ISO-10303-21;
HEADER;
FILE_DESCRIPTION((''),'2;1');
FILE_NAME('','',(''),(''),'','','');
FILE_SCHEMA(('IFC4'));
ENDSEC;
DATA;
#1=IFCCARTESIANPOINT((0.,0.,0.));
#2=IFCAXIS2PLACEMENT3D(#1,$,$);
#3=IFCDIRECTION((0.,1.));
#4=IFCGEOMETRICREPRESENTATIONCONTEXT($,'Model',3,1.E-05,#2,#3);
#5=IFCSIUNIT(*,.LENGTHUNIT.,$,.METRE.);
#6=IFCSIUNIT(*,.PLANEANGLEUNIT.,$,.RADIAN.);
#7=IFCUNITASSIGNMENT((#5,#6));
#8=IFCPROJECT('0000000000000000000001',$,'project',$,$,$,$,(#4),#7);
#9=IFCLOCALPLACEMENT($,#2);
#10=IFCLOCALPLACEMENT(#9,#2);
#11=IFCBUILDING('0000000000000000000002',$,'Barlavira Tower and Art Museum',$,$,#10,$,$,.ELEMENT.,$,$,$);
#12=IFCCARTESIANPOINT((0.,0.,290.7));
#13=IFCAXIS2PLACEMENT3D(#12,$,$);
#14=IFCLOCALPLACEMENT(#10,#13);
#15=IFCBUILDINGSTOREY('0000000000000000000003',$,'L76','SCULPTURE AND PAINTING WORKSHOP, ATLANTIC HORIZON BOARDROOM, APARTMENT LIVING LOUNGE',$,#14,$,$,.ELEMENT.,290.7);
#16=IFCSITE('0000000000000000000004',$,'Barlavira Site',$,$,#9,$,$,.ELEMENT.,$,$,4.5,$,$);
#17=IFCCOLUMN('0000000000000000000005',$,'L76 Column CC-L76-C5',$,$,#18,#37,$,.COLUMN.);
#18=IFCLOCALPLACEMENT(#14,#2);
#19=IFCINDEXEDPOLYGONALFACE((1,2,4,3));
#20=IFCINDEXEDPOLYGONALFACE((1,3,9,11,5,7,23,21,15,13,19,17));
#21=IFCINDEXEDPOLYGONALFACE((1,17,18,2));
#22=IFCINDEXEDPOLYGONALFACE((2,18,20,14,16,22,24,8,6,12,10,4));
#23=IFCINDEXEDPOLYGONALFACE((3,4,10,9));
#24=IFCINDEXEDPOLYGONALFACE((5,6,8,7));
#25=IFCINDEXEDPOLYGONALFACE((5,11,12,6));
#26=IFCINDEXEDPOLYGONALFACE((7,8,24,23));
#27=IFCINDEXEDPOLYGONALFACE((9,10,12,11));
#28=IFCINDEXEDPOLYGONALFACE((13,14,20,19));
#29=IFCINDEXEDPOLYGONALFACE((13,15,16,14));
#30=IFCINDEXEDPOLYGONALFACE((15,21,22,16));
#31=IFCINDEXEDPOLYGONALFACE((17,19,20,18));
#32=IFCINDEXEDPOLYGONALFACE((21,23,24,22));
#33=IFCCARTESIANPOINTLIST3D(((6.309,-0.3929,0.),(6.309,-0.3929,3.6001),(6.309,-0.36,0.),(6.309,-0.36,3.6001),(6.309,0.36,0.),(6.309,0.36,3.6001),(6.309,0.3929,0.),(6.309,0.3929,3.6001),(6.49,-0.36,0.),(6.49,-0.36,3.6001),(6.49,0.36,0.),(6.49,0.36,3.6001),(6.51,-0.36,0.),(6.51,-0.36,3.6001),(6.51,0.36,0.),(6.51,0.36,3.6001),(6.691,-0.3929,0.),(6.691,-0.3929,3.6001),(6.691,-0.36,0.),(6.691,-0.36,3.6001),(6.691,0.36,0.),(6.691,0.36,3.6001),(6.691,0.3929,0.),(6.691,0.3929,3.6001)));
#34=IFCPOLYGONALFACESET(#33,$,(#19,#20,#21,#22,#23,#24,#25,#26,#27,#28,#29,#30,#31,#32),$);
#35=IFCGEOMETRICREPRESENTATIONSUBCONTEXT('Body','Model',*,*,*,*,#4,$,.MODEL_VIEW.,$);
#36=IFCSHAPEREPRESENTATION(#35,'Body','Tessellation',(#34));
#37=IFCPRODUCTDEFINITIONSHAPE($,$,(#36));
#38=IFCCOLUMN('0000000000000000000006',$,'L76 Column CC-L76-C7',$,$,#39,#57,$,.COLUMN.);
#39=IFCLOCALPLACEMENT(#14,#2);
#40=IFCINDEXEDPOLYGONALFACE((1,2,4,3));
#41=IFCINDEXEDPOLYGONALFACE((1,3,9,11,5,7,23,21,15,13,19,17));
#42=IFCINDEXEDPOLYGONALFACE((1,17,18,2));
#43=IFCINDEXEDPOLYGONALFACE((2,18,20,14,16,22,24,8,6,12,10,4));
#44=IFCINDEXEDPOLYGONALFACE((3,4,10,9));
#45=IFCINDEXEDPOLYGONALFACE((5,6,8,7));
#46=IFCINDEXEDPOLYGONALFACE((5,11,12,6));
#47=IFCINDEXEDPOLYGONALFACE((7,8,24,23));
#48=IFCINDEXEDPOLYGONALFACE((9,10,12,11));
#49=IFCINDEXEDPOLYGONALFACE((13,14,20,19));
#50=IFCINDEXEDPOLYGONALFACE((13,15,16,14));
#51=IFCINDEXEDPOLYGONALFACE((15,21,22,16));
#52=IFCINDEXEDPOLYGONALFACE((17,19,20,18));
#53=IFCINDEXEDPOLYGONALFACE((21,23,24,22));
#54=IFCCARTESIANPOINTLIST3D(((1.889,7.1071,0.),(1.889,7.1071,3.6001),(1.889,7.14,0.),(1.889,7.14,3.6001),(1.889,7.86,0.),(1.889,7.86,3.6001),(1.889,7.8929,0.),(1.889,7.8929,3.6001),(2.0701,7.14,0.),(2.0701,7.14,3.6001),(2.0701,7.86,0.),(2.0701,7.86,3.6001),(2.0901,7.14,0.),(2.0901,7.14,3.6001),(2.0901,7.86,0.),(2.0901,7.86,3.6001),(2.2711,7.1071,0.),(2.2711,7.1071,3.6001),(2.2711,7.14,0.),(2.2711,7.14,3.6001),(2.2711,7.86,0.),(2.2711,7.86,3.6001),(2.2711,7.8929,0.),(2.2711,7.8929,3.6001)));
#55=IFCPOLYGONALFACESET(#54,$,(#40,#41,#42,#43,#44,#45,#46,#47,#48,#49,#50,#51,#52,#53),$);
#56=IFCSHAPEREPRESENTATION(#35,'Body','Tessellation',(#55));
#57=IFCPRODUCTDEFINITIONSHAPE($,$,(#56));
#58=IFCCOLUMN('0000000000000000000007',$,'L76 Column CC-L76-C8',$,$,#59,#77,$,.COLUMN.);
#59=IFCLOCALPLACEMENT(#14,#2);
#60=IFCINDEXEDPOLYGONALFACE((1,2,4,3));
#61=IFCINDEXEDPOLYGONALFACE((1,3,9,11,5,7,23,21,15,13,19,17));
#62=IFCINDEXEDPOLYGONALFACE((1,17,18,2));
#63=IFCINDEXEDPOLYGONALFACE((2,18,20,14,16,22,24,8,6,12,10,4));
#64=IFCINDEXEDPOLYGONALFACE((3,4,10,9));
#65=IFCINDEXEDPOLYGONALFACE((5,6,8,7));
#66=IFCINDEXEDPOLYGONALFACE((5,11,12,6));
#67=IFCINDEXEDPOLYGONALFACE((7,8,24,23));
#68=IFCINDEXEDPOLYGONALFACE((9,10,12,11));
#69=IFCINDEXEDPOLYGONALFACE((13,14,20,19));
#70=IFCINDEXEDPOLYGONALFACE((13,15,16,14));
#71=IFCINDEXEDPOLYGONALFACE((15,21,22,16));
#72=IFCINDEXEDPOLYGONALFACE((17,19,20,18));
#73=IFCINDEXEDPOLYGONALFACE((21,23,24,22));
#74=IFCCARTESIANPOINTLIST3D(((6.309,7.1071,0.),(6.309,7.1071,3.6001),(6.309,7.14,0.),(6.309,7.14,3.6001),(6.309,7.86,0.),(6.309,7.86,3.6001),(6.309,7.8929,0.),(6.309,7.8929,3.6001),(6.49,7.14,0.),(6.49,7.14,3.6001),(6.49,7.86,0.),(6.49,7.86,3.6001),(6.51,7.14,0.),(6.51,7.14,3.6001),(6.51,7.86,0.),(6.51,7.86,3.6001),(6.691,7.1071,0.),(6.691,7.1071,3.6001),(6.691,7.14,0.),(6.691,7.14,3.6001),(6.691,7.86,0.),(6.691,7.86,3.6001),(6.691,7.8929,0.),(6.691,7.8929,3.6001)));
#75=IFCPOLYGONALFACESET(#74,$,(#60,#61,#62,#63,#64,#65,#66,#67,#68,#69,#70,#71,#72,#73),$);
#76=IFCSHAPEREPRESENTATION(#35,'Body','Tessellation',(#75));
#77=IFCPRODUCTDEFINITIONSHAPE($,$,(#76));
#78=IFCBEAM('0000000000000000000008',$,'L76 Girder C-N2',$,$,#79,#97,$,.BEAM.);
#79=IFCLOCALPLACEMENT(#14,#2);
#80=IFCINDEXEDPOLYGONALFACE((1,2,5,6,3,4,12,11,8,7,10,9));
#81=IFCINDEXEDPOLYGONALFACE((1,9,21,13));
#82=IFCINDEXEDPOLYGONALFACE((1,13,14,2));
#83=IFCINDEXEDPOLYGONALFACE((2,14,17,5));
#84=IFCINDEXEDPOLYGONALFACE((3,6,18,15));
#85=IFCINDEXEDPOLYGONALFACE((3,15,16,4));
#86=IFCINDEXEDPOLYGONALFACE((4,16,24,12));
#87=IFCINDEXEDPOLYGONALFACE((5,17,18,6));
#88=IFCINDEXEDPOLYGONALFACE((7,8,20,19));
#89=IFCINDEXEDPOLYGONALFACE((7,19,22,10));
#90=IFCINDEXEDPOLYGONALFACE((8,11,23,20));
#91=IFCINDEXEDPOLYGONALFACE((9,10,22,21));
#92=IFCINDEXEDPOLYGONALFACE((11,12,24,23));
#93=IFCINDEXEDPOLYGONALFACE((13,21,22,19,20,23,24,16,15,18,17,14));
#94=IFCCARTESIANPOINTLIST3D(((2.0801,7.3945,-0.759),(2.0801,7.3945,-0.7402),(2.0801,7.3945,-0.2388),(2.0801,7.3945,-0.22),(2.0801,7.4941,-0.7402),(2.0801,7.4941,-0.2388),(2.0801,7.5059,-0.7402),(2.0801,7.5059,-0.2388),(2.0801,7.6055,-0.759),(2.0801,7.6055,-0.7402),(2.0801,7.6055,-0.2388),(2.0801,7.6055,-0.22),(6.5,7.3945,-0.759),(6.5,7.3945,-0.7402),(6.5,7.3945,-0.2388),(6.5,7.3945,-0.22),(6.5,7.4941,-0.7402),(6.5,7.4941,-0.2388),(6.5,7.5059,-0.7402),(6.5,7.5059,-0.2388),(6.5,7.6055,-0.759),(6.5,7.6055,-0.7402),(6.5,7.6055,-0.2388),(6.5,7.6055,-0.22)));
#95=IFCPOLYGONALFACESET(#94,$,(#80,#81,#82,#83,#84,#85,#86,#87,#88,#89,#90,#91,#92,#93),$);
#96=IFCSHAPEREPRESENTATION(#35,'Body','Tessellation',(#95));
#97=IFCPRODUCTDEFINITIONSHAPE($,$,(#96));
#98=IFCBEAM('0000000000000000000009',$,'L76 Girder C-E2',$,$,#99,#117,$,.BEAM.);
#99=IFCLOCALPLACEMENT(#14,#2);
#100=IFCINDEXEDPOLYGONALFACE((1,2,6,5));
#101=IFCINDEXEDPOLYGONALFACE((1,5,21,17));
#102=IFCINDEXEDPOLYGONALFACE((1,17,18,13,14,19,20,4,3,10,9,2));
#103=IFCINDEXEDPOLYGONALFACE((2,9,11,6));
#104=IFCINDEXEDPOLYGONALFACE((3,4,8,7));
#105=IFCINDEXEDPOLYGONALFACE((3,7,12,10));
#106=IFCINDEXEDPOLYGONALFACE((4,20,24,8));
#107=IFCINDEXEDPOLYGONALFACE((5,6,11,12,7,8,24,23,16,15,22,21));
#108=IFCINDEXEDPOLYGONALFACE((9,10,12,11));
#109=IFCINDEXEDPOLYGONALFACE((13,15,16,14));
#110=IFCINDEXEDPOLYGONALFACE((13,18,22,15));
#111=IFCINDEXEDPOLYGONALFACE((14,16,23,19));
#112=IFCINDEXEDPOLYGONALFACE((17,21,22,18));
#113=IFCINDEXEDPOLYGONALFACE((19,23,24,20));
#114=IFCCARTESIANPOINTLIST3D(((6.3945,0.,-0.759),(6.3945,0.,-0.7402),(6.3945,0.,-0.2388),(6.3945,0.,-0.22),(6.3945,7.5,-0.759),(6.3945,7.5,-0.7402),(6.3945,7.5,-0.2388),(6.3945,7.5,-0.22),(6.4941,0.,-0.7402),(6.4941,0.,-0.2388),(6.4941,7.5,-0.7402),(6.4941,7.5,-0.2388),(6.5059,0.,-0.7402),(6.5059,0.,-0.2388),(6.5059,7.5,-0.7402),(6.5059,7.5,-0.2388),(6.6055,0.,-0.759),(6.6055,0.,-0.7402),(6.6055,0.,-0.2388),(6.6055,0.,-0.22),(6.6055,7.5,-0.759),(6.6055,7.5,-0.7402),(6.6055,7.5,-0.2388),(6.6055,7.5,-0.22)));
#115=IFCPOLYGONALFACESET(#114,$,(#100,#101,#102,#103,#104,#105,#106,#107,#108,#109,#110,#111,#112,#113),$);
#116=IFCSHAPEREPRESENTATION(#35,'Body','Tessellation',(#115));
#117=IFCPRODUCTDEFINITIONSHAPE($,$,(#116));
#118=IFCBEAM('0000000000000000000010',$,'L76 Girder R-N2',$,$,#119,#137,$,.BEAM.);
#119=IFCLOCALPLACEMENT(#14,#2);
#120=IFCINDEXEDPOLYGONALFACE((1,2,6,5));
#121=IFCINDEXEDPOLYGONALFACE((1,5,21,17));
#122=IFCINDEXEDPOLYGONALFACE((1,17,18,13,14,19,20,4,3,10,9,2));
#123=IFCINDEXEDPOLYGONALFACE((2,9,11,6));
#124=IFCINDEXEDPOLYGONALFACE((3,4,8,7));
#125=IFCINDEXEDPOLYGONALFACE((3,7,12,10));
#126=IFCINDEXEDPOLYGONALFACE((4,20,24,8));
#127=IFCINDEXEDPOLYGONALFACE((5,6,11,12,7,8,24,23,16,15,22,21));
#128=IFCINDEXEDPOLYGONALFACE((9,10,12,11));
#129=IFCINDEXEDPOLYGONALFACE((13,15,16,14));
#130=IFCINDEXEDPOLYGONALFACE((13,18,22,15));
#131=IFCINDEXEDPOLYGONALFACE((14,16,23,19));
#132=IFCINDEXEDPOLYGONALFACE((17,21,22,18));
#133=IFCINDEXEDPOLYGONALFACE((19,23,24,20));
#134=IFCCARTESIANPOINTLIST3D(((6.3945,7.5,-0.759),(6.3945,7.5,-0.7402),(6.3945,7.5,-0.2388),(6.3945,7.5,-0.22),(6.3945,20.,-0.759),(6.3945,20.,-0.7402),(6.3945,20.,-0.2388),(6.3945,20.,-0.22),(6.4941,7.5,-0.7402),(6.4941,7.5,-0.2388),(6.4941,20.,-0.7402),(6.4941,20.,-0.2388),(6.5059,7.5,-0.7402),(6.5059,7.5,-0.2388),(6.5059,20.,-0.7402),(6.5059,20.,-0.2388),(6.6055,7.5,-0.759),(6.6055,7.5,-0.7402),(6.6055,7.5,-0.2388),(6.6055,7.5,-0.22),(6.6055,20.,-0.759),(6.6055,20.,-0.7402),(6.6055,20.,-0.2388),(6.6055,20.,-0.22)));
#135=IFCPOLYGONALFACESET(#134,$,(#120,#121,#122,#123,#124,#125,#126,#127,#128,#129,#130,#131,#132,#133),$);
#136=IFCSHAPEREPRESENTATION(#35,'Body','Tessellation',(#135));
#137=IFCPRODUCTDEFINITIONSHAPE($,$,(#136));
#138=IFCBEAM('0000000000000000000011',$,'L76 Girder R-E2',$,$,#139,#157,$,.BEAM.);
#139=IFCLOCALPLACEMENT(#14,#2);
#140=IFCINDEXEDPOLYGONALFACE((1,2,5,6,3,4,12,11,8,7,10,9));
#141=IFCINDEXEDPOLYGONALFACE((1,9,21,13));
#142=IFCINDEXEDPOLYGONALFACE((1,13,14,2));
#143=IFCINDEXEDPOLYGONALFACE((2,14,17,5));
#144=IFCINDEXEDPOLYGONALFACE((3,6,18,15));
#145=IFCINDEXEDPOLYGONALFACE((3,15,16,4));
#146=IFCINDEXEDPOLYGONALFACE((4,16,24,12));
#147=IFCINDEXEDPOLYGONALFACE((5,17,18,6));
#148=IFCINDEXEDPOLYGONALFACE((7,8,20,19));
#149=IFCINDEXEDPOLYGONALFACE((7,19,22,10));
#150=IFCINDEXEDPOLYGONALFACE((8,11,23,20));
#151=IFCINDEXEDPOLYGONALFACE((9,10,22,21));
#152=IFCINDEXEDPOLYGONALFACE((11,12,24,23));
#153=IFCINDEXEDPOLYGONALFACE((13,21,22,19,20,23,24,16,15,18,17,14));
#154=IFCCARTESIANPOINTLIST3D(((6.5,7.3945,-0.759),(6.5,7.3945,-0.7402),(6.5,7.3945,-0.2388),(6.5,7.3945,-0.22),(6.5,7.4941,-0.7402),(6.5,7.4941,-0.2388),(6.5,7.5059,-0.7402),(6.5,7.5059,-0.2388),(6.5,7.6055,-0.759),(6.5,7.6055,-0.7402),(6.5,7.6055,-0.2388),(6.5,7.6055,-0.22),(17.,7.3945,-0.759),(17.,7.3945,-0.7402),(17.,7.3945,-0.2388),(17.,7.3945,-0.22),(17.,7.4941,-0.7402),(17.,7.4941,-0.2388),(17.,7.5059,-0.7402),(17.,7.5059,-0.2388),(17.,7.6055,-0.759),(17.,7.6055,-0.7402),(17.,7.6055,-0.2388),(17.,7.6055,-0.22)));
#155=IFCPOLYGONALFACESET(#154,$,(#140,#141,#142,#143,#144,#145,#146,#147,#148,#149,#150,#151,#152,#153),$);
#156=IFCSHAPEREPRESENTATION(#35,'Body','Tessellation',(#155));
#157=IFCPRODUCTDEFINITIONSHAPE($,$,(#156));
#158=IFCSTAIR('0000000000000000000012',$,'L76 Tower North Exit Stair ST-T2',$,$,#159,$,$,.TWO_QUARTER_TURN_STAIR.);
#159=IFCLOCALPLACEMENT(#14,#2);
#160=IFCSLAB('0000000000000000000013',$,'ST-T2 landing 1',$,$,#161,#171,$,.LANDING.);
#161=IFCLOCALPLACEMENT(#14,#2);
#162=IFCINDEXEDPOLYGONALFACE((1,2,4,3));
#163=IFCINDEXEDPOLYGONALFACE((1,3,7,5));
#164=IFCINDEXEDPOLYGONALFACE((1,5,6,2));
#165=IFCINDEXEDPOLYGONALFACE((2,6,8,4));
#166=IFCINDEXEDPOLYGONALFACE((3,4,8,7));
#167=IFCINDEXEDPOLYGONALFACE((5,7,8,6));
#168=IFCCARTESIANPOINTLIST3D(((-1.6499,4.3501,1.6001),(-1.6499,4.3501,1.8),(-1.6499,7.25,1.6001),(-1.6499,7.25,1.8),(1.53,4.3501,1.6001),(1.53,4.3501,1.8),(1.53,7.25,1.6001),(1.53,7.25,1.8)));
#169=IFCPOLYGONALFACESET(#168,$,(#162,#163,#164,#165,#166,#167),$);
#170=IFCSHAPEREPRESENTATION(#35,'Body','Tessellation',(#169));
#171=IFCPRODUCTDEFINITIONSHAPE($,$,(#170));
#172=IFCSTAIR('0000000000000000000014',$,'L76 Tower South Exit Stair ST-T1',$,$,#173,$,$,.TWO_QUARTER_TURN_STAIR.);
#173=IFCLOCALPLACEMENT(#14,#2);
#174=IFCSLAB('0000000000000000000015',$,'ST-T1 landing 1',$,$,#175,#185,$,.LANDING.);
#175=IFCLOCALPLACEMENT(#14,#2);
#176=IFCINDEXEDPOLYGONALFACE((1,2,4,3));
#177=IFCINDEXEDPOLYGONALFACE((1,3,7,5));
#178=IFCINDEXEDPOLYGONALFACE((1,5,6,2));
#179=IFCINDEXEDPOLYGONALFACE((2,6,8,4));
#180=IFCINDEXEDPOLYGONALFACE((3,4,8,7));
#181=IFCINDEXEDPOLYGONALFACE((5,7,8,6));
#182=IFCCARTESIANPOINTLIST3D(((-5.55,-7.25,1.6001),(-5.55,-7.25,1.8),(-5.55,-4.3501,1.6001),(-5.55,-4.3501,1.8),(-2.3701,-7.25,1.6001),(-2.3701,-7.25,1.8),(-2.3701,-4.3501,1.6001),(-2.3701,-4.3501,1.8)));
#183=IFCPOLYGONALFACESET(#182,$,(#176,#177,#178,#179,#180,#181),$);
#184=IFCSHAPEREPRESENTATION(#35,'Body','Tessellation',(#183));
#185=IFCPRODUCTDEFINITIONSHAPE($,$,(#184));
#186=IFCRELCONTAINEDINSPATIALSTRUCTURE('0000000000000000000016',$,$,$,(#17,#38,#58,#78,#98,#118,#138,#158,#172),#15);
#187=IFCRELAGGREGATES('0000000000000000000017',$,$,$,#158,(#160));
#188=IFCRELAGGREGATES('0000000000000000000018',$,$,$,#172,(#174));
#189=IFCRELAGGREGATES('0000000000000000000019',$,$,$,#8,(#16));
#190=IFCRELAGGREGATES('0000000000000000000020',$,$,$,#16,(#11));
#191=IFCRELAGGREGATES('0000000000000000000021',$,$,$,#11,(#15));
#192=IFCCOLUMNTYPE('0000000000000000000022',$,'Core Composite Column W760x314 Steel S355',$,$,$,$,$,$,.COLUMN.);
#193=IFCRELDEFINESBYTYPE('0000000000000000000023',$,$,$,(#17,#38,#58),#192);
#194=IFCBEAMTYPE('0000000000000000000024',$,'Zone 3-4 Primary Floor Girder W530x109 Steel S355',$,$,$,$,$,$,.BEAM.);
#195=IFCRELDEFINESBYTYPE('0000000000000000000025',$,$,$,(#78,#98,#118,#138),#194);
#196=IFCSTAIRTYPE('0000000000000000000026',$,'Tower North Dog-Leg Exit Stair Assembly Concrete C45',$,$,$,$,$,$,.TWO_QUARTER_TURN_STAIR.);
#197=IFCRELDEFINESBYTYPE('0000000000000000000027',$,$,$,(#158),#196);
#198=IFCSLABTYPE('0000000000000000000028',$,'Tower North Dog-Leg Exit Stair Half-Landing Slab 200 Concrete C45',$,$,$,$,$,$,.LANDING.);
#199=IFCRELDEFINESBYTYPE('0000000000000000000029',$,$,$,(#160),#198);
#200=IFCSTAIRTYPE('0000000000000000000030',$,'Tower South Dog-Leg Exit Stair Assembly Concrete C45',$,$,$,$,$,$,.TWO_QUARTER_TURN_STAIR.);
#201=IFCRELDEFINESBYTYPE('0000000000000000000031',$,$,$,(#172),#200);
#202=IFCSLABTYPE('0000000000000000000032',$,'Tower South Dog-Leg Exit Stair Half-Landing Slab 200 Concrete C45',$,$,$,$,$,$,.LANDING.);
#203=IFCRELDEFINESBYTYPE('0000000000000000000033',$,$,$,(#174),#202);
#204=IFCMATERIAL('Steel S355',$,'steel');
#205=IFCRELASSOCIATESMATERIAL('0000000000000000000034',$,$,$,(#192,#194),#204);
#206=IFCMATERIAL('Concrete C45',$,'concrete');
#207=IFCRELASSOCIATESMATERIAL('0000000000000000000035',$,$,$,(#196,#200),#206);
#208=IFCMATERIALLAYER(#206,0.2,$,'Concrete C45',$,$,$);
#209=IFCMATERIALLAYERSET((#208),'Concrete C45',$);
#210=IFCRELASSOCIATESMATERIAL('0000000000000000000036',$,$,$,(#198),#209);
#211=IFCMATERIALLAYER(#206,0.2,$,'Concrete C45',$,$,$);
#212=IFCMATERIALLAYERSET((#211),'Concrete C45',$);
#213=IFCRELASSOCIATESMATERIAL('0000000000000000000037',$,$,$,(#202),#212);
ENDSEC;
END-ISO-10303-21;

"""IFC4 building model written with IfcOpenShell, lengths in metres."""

from ifc_helpers import new_model, si_unit, direction, frame, origin, origin_2d, place, context, subcontext, project, spatial, polyline, i_section, outline, extrude, material, layer, layer_set, material_profile, profile_set, type_object, element, aggregate, save


model = new_model("IFC4")

# Units and contexts
model_context = context("Model", 3, precision=1e-05, world=origin(), true_north=direction((0.0, 1.0)))
body_context = subcontext(model_context, "Body", "Model", "MODEL_VIEW")
ifc_project = project(units=[si_unit("LENGTHUNIT", "METRE"), si_unit("PLANEANGLEUNIT", "RADIAN")], contexts=[model_context])

# Site, building, storey
site_placement = place(None, origin())
site = spatial("IfcSite", under=ifc_project, at=site_placement, Name="Barlavira Site", CompositionType="ELEMENT", RefElevation=4.5)
building_placement = place(site_placement, origin())
building = spatial("IfcBuilding", under=site, at=building_placement, Name="Barlavira Tower and Art Museum", CompositionType="ELEMENT")
storey_placement = place(building_placement, frame((0.0, 0.0, 290.7)))
storey = spatial("IfcBuildingStorey", under=building, at=storey_placement, Name="L76", Description="SCULPTURE AND PAINTING WORKSHOP, ATLANTIC HORIZON BOARDROOM, APARTMENT LIVING LOUNGE", CompositionType="ELEMENT", Elevation=290.7)

# Columns
ifc_material_1 = material(Name="Steel S355", Category="steel")
ifc_material_profile_1 = material_profile(ifc_material_1, i_section(OverallWidth=0.3821, OverallDepth=0.7859, WebThickness=0.02, FlangeThickness=0.033, at=origin_2d()), Name="W760x314.0")
ifc_profile_set_1 = profile_set([ifc_material_profile_1], Name="Steel S355")
column_type = type_object("IfcColumnType", Name="Core Composite Column W760x314 Steel S355", PredefinedType="COLUMN", material=ifc_profile_set_1)
for number, where, z_axis, x_axis, name in (
    (1, (6.5, 0.0, 0.0), (0.0, 0.0, 1.0), (1.0, 0.0, 0.0), "L76 Column CC-L76-C5"),
    (2, (2.0801, 7.5, 0.0), (0.0, 0.0, 1.0), (1.0, 0.0, 0.0), "L76 Column CC-L76-C7"),
    (3, (6.5, 7.5, 0.0), (0.0, 0.0, 1.0), (1.0, 0.0, 0.0), "L76 Column CC-L76-C8"),
):
    element("IfcColumn", number, at=place(storey_placement, frame(where, z_axis=z_axis, x_axis=x_axis)), inside=storey, type_object=column_type, Name=name, PredefinedType="COLUMN", context=body_context, shape_type="SweptSolid", body=[
        extrude(i_section(OverallWidth=0.3821, OverallDepth=0.7859, WebThickness=0.02, FlangeThickness=0.033, at=origin_2d()), origin(), (0.0, 0.0, 1.0), 3.6001),
    ])

# Beams
ifc_material_profile_2 = material_profile(ifc_material_1, i_section(OverallWidth=0.2109, OverallDepth=0.5391, WebThickness=0.0117, FlangeThickness=0.0188, at=origin_2d()), Name="W530x109.0")
ifc_profile_set_2 = profile_set([ifc_material_profile_2], Name="Steel S355")
beam_type = type_object("IfcBeamType", Name="Zone 3-4 Primary Floor Girder W530x109 Steel S355", PredefinedType="BEAM", material=ifc_profile_set_2)
beam_1_placement = place(storey_placement, frame((2.0801, 7.5, -0.4895), z_axis=(1.0, 0.0, 0.0), x_axis=(0.0, 1.0, 0.0)))
element("IfcBeam", 4, at=beam_1_placement, inside=storey, type_object=beam_type, Name="L76 Girder C-N2", PredefinedType="BEAM", context=body_context, shape_type="SweptSolid", body=[
    extrude(i_section(OverallWidth=0.2109, OverallDepth=0.5391, WebThickness=0.0117, FlangeThickness=0.0188, at=origin_2d()), origin(), (0.0, 0.0, 1.0), 4.4199),
])
beam_2_placement = place(storey_placement, frame((6.5, 0.0, -0.4895), z_axis=(0.0, 1.0, 0.0), x_axis=(-1.0, 0.0, 0.0)))
element("IfcBeam", 5, at=beam_2_placement, inside=storey, type_object=beam_type, Name="L76 Girder C-E2", PredefinedType="BEAM", context=body_context, shape_type="SweptSolid", body=[
    extrude(i_section(OverallWidth=0.2109, OverallDepth=0.5391, WebThickness=0.0117, FlangeThickness=0.0188, at=origin_2d()), origin(), (0.0, 0.0, 1.0), 7.5),
])
beam_3_placement = place(storey_placement, frame((6.5, 7.5, -0.4895), z_axis=(0.0, 1.0, 0.0), x_axis=(-1.0, 0.0, 0.0)))
element("IfcBeam", 6, at=beam_3_placement, inside=storey, type_object=beam_type, Name="L76 Girder R-N2", PredefinedType="BEAM", context=body_context, shape_type="SweptSolid", body=[
    extrude(i_section(OverallWidth=0.2109, OverallDepth=0.5391, WebThickness=0.0117, FlangeThickness=0.0188, at=origin_2d()), origin(), (0.0, 0.0, 1.0), 12.5),
])
beam_4_placement = place(storey_placement, frame((6.5, 7.5, -0.4895), z_axis=(1.0, 0.0, 0.0), x_axis=(0.0, 1.0, 0.0)))
element("IfcBeam", 7, at=beam_4_placement, inside=storey, type_object=beam_type, Name="L76 Girder R-E2", PredefinedType="BEAM", context=body_context, shape_type="SweptSolid", body=[
    extrude(i_section(OverallWidth=0.2109, OverallDepth=0.5391, WebThickness=0.0117, FlangeThickness=0.0188, at=origin_2d()), origin(), (0.0, 0.0, 1.0), 10.5),
])

# Stairs, slabs
ifc_material_2 = material(Name="Concrete C45", Category="concrete")
stair_type_1 = type_object("IfcStairType", Name="Tower North Dog-Leg Exit Stair Assembly Concrete C45", PredefinedType="TWO_QUARTER_TURN_STAIR", material=ifc_material_2)
stair_1_placement = place(storey_placement, origin())
stair_1 = element("IfcStair", 8, at=stair_1_placement, inside=storey, type_object=stair_type_1, Name="L76 Tower North Exit Stair ST-T2", PredefinedType="TWO_QUARTER_TURN_STAIR")
ifc_layer_1 = layer(ifc_material_2, 0.2, Name="Concrete C45")
ifc_layer_set_1 = layer_set([ifc_layer_1], Name="Concrete C45")
slab_type_1 = type_object("IfcSlabType", Name="Tower North Dog-Leg Exit Stair Half-Landing Slab 200 Concrete C45", PredefinedType="LANDING", material=ifc_layer_set_1)
slab_1_placement = place(storey_placement, frame((0.0, 0.0, 1.6001)))
slab_1 = element("IfcSlab", 9, at=slab_1_placement, type_object=slab_type_1, Name="ST-T2 landing 1", PredefinedType="LANDING", context=body_context, shape_type="SweptSolid", body=[
    extrude(outline(polyline([(-1.6499, 4.3501), (1.53, 4.3501), (1.53, 7.25), (-1.6499, 7.25), (-1.6499, 4.3501)])), origin(), (0.0, 0.0, 1.0), 0.2),
])
aggregate(stair_1, [slab_1])
stair_type_2 = type_object("IfcStairType", Name="Tower South Dog-Leg Exit Stair Assembly Concrete C45", PredefinedType="TWO_QUARTER_TURN_STAIR", material=ifc_material_2)
stair_2_placement = place(storey_placement, origin())
stair_2 = element("IfcStair", 10, at=stair_2_placement, inside=storey, type_object=stair_type_2, Name="L76 Tower South Exit Stair ST-T1", PredefinedType="TWO_QUARTER_TURN_STAIR")
ifc_layer_2 = layer(ifc_material_2, 0.2, Name="Concrete C45")
ifc_layer_set_2 = layer_set([ifc_layer_2], Name="Concrete C45")
slab_type_2 = type_object("IfcSlabType", Name="Tower South Dog-Leg Exit Stair Half-Landing Slab 200 Concrete C45", PredefinedType="LANDING", material=ifc_layer_set_2)
slab_2_placement = place(storey_placement, frame((0.0, 0.0, 1.6001)))
slab_2 = element("IfcSlab", 11, at=slab_2_placement, type_object=slab_type_2, Name="ST-T1 landing 1", PredefinedType="LANDING", context=body_context, shape_type="SweptSolid", body=[
    extrude(outline(polyline([(-2.3701, -4.3501), (-5.55, -4.3501), (-5.55, -7.25), (-2.3701, -7.25), (-2.3701, -4.3501)])), origin(), (0.0, 0.0, 1.0), 0.2),
])
aggregate(stair_2, [slab_2])

save(model, "model.ifc")
